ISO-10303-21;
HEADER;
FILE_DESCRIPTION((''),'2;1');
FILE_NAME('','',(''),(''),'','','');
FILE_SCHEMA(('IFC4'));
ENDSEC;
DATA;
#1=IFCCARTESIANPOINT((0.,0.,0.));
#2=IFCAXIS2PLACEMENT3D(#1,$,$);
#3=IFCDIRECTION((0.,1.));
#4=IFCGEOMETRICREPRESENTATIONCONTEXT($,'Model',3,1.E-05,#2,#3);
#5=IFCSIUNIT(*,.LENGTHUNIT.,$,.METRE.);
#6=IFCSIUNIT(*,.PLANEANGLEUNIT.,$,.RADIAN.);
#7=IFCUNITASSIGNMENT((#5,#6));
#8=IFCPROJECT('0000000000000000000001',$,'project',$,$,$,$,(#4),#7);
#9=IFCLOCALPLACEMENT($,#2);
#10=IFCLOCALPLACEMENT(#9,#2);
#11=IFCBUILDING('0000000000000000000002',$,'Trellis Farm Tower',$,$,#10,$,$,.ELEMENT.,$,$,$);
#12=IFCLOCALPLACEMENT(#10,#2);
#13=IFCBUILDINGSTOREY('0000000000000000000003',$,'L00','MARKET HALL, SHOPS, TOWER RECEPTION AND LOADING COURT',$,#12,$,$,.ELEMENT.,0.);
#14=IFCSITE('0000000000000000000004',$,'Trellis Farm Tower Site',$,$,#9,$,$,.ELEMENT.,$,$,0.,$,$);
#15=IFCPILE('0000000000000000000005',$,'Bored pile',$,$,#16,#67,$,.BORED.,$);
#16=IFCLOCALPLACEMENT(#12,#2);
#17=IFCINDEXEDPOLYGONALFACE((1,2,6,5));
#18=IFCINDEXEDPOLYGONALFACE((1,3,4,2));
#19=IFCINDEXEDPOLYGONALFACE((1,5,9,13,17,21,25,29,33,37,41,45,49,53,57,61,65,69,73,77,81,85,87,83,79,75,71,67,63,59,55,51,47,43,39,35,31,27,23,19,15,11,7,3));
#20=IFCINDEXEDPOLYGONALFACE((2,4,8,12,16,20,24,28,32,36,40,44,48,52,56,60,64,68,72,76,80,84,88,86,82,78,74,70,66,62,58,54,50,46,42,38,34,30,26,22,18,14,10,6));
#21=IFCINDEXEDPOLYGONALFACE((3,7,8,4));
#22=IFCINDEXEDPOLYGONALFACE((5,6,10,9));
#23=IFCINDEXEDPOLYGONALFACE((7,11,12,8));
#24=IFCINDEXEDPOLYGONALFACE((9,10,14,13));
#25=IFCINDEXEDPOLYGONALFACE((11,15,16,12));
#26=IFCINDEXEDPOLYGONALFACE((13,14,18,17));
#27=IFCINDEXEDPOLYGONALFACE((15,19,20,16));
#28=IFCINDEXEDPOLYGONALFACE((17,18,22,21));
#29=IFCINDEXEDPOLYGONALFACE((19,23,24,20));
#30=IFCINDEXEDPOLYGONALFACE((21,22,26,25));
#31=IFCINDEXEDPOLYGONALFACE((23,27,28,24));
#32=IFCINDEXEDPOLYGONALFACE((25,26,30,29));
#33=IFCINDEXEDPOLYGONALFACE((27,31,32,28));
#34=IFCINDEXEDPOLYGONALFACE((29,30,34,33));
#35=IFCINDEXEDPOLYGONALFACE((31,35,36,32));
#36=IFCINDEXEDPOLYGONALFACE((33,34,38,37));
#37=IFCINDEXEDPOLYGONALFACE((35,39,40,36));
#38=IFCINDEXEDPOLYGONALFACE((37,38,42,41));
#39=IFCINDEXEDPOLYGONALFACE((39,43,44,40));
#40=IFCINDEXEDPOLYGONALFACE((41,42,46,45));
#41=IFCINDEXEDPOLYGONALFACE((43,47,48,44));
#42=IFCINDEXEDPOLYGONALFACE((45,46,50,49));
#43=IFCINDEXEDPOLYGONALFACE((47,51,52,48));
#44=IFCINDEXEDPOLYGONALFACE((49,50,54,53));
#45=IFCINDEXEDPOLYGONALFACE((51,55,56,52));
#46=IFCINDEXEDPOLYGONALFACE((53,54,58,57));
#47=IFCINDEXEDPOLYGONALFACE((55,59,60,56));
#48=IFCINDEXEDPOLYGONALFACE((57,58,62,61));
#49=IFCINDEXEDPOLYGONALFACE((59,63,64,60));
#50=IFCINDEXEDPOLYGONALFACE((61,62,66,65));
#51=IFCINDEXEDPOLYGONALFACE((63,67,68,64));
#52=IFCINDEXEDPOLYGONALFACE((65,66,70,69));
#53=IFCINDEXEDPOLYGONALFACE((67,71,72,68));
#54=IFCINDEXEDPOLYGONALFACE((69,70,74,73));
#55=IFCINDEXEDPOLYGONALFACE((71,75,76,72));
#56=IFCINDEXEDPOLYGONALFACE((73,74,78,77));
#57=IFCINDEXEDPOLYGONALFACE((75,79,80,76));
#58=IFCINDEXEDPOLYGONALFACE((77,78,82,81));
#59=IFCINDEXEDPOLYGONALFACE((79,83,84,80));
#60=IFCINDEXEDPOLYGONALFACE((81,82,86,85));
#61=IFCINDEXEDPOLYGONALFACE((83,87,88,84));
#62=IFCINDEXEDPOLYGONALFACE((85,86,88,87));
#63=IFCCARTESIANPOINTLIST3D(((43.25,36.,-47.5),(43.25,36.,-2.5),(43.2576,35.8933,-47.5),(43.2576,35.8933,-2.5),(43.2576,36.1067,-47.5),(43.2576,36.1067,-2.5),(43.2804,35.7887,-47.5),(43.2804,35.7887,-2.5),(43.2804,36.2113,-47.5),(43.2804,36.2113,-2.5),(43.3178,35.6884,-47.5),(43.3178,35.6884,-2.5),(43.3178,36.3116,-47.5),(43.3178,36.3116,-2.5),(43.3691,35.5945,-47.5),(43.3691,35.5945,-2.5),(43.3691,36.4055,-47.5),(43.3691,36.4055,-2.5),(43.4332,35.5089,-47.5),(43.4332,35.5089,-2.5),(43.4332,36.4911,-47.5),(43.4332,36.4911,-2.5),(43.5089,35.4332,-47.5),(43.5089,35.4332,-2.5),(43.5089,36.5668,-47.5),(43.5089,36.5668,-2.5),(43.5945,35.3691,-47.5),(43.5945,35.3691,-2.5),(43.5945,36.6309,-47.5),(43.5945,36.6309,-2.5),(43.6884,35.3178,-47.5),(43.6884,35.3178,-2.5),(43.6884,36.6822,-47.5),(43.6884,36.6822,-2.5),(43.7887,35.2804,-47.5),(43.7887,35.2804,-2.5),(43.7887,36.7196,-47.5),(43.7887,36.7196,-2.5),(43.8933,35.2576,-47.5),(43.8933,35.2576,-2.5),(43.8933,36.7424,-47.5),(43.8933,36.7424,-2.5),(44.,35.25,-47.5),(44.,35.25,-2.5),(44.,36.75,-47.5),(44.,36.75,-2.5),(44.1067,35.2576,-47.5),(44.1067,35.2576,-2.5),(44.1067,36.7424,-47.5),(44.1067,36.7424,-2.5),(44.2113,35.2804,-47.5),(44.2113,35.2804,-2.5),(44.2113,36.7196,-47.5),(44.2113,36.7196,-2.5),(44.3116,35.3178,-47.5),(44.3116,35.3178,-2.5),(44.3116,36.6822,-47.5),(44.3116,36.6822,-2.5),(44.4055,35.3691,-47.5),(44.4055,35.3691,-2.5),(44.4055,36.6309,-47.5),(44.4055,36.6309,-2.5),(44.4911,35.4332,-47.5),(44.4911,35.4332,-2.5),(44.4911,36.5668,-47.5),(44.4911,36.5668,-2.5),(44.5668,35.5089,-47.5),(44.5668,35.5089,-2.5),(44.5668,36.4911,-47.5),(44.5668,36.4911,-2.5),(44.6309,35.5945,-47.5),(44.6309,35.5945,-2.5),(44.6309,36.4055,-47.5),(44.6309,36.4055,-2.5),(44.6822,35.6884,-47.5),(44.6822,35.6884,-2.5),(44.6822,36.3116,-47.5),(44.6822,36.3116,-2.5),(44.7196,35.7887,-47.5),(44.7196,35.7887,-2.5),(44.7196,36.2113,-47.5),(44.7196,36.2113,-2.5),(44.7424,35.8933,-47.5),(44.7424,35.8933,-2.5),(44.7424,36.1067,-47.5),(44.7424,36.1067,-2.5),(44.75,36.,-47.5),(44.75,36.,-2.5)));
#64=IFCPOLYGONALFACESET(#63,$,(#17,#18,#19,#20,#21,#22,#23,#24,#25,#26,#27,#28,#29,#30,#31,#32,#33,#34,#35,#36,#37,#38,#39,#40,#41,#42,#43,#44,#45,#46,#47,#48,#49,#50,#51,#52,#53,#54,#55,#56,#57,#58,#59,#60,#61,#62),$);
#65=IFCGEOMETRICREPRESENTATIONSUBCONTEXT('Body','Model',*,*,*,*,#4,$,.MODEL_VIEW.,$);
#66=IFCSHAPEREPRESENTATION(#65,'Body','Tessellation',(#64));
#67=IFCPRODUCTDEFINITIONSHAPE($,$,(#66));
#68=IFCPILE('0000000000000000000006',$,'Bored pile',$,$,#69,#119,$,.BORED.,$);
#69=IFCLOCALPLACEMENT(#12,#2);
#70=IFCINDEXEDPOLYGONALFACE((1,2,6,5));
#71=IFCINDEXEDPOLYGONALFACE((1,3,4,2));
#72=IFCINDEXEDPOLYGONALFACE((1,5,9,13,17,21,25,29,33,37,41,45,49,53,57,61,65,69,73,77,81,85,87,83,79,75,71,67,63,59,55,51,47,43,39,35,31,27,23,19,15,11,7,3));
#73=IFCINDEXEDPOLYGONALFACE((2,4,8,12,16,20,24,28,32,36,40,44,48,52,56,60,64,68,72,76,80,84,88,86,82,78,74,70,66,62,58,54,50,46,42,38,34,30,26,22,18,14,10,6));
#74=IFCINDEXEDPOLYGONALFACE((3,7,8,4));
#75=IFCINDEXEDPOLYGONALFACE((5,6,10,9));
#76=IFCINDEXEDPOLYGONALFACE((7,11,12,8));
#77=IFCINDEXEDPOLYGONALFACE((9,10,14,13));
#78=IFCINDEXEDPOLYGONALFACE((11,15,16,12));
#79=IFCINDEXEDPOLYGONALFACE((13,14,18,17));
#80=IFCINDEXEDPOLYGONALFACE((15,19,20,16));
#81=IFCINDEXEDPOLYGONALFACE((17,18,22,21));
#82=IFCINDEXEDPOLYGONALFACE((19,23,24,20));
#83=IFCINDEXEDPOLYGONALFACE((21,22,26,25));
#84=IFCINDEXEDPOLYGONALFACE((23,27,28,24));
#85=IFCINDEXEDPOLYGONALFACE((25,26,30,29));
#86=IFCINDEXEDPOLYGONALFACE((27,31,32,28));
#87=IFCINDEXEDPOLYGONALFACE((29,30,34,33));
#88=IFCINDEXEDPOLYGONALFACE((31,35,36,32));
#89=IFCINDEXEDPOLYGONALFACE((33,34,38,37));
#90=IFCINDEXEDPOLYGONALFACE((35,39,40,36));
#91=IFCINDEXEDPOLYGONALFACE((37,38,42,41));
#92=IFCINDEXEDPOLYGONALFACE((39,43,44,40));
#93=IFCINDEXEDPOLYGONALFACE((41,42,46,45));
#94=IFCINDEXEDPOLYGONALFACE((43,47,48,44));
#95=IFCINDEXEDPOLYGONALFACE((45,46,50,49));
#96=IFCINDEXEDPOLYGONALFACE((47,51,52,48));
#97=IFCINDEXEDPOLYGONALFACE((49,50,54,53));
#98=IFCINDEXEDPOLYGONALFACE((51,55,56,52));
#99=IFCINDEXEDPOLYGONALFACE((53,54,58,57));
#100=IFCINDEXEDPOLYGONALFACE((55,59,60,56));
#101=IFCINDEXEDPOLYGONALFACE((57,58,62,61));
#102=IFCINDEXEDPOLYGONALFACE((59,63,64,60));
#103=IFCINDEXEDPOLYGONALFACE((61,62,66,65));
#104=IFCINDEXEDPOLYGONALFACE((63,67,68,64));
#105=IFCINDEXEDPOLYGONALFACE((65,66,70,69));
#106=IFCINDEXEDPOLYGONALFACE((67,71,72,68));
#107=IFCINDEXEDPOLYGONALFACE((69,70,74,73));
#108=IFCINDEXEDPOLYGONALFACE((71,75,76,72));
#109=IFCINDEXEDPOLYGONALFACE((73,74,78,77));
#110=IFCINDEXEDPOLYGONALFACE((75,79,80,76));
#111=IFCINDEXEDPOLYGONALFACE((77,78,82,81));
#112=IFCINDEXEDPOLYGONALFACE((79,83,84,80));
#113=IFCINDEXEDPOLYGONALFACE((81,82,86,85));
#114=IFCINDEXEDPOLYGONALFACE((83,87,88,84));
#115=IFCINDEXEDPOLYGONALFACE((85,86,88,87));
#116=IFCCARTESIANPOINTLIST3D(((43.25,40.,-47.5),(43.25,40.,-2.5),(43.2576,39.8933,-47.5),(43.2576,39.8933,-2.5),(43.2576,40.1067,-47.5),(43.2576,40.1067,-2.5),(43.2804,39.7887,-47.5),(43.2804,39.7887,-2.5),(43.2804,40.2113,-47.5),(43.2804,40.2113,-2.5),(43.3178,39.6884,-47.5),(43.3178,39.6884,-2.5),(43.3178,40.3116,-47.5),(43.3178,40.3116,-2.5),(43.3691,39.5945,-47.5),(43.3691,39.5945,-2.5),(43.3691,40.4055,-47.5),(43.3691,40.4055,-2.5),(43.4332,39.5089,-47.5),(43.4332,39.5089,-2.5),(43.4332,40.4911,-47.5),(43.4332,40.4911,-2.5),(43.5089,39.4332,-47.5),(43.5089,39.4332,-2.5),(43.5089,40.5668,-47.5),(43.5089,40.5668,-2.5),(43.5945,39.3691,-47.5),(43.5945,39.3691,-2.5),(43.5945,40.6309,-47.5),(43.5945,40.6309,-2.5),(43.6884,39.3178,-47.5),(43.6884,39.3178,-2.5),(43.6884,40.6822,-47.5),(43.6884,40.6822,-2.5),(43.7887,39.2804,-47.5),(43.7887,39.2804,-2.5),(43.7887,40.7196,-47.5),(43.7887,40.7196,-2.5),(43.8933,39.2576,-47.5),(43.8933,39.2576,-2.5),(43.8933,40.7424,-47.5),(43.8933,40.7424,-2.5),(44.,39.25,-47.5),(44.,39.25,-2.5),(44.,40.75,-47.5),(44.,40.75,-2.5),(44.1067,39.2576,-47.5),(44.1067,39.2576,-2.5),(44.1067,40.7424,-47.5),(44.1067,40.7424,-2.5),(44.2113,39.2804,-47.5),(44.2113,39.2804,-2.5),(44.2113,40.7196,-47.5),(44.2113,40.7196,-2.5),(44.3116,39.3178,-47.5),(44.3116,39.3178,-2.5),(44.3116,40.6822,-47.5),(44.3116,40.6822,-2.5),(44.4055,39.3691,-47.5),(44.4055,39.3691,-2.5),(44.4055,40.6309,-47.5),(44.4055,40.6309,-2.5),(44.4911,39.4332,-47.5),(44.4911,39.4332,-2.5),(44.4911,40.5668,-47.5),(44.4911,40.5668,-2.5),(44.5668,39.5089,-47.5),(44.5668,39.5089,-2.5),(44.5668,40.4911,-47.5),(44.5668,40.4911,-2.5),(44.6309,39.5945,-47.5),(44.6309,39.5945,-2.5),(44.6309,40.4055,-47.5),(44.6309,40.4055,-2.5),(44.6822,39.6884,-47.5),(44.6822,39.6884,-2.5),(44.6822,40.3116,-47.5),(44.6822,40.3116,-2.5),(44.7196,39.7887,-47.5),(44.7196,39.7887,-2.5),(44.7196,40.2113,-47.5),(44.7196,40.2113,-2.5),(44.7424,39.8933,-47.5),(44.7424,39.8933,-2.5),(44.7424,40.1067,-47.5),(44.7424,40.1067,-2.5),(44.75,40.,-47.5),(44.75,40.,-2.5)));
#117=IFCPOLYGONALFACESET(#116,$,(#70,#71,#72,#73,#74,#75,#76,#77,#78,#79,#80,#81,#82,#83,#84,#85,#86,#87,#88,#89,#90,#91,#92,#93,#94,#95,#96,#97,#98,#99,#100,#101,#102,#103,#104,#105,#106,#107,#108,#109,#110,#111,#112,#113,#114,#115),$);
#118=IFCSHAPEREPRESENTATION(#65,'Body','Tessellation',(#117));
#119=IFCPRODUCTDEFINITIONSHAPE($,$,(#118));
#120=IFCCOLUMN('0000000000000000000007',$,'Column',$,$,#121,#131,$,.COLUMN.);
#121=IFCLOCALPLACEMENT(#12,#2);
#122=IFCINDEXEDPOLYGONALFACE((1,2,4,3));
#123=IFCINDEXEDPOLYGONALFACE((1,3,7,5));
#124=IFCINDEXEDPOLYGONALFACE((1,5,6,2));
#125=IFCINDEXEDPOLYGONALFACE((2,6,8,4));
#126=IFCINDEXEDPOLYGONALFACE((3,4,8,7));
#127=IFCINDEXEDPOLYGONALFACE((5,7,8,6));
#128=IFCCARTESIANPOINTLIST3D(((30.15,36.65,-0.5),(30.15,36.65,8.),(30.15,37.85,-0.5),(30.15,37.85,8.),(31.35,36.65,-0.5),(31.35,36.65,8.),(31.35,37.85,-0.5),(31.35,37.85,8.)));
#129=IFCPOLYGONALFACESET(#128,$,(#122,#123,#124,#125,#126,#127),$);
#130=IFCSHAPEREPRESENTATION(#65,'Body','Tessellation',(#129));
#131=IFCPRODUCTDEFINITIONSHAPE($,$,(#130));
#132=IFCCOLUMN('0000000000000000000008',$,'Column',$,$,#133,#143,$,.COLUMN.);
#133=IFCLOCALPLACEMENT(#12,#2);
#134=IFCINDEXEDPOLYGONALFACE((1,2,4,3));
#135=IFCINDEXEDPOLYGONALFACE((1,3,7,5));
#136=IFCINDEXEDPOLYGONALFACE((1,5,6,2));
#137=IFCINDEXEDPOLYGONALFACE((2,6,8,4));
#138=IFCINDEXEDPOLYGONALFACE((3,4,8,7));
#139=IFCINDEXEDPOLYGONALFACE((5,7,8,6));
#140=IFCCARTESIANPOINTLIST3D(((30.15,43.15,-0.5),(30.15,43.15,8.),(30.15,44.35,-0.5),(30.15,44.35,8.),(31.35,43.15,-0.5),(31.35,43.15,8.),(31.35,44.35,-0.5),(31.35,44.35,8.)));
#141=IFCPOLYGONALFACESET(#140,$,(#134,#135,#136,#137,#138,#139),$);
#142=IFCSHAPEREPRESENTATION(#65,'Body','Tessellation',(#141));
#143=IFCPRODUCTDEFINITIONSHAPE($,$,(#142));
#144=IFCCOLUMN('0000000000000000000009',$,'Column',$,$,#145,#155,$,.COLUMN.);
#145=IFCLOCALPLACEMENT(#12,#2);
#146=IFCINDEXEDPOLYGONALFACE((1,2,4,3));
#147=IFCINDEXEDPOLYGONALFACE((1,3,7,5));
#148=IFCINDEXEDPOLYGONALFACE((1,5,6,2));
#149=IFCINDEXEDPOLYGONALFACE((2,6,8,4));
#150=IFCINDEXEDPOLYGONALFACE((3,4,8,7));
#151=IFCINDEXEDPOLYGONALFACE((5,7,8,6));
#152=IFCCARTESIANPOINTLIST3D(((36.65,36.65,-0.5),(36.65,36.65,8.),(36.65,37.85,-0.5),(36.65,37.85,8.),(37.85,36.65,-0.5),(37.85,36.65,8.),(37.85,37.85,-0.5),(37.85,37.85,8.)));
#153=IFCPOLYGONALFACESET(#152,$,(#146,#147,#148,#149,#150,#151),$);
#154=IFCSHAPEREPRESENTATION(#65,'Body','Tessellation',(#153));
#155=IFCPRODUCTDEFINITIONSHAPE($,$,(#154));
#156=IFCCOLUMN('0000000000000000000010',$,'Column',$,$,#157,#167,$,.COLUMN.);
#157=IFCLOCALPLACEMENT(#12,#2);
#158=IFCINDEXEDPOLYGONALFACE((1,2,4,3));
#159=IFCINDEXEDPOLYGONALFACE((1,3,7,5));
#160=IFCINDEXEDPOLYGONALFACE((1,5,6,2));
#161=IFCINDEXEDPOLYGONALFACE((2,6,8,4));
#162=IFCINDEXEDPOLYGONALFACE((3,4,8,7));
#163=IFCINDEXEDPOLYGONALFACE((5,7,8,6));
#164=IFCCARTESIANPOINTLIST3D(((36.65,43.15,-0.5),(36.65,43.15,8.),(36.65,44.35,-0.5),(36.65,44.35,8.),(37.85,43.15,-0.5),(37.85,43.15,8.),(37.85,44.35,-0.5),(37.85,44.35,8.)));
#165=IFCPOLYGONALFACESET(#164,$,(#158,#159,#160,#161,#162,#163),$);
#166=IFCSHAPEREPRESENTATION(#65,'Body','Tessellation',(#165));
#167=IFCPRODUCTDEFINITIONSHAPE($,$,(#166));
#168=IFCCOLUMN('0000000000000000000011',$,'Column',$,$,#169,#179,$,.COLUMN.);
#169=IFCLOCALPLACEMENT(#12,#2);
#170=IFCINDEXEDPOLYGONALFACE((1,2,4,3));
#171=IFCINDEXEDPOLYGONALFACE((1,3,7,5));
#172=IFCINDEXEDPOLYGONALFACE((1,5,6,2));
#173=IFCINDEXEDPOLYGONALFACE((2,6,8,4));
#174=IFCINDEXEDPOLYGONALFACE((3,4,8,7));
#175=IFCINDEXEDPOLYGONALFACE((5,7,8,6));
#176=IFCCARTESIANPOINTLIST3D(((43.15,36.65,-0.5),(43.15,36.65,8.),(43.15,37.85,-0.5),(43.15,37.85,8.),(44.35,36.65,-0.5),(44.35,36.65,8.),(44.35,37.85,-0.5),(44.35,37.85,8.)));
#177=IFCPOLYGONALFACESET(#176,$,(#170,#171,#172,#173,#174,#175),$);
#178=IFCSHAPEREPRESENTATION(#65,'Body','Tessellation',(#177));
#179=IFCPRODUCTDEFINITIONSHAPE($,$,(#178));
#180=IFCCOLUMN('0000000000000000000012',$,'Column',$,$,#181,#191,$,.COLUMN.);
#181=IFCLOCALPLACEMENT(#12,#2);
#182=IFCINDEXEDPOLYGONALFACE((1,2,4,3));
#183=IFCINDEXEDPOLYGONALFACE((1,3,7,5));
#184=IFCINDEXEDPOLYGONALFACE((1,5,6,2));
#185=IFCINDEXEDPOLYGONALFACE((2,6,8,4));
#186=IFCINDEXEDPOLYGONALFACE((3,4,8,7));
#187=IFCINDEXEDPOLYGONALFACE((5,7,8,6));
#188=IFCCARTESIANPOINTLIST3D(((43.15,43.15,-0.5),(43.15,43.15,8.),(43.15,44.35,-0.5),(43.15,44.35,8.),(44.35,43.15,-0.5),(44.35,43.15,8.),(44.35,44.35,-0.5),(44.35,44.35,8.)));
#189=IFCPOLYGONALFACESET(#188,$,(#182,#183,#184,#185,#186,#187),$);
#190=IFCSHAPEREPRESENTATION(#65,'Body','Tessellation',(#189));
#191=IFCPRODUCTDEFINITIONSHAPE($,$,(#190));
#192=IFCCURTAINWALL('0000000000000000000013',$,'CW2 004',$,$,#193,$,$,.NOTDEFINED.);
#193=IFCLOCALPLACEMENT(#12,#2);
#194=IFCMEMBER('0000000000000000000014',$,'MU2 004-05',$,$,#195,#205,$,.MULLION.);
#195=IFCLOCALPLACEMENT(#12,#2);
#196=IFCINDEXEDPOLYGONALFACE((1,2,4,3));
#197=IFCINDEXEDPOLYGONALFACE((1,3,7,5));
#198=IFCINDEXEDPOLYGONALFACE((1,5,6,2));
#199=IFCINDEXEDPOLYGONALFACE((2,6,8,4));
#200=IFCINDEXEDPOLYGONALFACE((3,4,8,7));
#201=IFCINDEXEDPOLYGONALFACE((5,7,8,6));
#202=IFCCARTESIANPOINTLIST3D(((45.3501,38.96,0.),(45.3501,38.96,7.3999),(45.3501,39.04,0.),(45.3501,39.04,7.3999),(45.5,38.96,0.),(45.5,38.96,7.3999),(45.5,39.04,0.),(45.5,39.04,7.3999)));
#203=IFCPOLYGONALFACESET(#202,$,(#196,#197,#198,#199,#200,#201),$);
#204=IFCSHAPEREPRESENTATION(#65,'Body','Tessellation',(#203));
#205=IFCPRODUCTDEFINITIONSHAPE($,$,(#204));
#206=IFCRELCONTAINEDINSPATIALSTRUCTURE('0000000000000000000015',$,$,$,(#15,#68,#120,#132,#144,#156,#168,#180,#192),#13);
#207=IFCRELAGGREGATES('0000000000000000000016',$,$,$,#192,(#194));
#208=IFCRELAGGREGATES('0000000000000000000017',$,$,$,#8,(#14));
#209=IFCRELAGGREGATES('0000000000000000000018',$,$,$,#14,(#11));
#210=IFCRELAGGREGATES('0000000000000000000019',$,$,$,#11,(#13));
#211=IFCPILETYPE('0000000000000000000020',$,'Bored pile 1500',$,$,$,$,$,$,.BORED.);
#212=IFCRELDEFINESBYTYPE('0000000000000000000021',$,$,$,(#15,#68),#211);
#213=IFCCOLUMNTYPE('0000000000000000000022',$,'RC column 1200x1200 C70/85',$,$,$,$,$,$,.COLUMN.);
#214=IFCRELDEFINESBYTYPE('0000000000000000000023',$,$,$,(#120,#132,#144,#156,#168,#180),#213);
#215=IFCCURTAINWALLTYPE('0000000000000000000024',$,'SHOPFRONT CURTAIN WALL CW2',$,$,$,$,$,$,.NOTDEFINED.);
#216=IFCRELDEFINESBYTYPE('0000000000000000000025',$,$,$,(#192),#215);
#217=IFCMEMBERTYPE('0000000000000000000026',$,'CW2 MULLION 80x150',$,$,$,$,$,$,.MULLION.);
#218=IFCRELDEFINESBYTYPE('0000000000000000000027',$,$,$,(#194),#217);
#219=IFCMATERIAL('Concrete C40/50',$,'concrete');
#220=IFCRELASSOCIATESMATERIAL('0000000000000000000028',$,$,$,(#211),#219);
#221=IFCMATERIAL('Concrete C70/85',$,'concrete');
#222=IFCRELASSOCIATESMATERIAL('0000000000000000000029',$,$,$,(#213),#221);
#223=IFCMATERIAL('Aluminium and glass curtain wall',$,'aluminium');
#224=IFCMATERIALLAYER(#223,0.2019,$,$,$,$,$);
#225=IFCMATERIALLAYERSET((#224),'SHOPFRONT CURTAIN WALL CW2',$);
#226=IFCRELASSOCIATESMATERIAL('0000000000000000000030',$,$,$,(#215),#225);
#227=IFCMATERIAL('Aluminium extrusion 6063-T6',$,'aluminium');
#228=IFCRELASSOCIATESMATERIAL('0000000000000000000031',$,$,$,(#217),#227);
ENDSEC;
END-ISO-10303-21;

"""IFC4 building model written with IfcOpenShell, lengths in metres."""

from ifc_helpers import new_model, si_unit, direction, frame, origin, origin_2d, place, context, subcontext, project, spatial, rectangle, circle, extrude, source, transform, mapped, material, layer, layer_set, material_profile, profile_set, type_object, element, aggregate, save


model = new_model("IFC4")

# Units and contexts
model_context = context("Model", 3, precision=1e-05, world=origin(), true_north=direction((0.0, 1.0)))
body_context = subcontext(model_context, "Body", "Model", "MODEL_VIEW")
ifc_project = project(units=[si_unit("LENGTHUNIT", "METRE"), si_unit("PLANEANGLEUNIT", "RADIAN")], contexts=[model_context])

# Site, building, storey
site_placement = place(None, origin())
site = spatial("IfcSite", under=ifc_project, at=site_placement, Name="Trellis Farm Tower Site", CompositionType="ELEMENT", RefElevation=0.0)
building_placement = place(site_placement, origin())
building = spatial("IfcBuilding", under=site, at=building_placement, Name="Trellis Farm Tower", CompositionType="ELEMENT")
storey_placement = place(building_placement, origin())
storey = spatial("IfcBuildingStorey", under=building, at=storey_placement, Name="L00", Description="MARKET HALL, SHOPS, TOWER RECEPTION AND LOADING COURT", CompositionType="ELEMENT", Elevation=0.0)

# Piles
ifc_material_1 = material(Name="Concrete C40/50", Category="concrete")
ifc_material_profile_1 = material_profile(ifc_material_1, circle(Radius=0.75, at=origin_2d()), Name="Bored pile 1500")
ifc_profile_set_1 = profile_set([ifc_material_profile_1], Name="Concrete C40/50")
pile_type = type_object("IfcPileType", Name="Bored pile 1500", PredefinedType="BORED", material=ifc_profile_set_1)
shared_shape_1 = source(origin(), body_context, "Body", "SweptSolid", [
    extrude(circle(Radius=0.75, at=origin_2d()), origin(), (0.0, 0.0, 1.0), 45.0),
])
for number, where, z_axis, x_axis, name in (
    (1, (44.0, 36.0, -2.5), (0.0, 0.0, -1.0), (1.0, 0.0, 0.0), "Bored pile"),
    (2, (44.0, 40.0, -2.5), (0.0, 0.0, -1.0), (1.0, 0.0, 0.0), "Bored pile"),
):
    element("IfcPile", number, at=place(storey_placement, frame(where, z_axis=z_axis, x_axis=x_axis)), inside=storey, type_object=pile_type, Name=name, PredefinedType="BORED", context=body_context, shape_type="MappedRepresentation", body=[
        mapped(shared_shape_1, transform((0.0, 0.0, 0.0))),
    ])

# Columns
ifc_material_2 = material(Name="Concrete C70/85", Category="concrete")
ifc_material_profile_2 = material_profile(ifc_material_2, rectangle(XDim=1.2, YDim=1.2, at=origin_2d()), Name="RC column 1200x1200 C70/85")
ifc_profile_set_2 = profile_set([ifc_material_profile_2], Name="Concrete C70/85")
column_type = type_object("IfcColumnType", Name="RC column 1200x1200 C70/85", PredefinedType="COLUMN", material=ifc_profile_set_2)
shared_shape_2 = source(origin(), body_context, "Body", "SweptSolid", [
    extrude(rectangle(XDim=1.2, YDim=1.2, at=origin_2d()), origin(), (0.0, 0.0, 1.0), 8.5),
])
for number, where, z_axis, x_axis, name in (
    (3, (30.75, 37.25, -0.5), (0.0, 0.0, 1.0), (1.0, 0.0, 0.0), "Column"),
    (4, (30.75, 43.75, -0.5), (0.0, 0.0, 1.0), (1.0, 0.0, 0.0), "Column"),
    (5, (37.25, 37.25, -0.5), (0.0, 0.0, 1.0), (1.0, 0.0, 0.0), "Column"),
    (6, (37.25, 43.75, -0.5), (0.0, 0.0, 1.0), (1.0, 0.0, 0.0), "Column"),
    (7, (43.75, 37.25, -0.5), (0.0, 0.0, 1.0), (1.0, 0.0, 0.0), "Column"),
    (8, (43.75, 43.75, -0.5), (0.0, 0.0, 1.0), (1.0, 0.0, 0.0), "Column"),
):
    element("IfcColumn", number, at=place(storey_placement, frame(where, z_axis=z_axis, x_axis=x_axis)), inside=storey, type_object=column_type, Name=name, PredefinedType="COLUMN", context=body_context, shape_type="MappedRepresentation", body=[
        mapped(shared_shape_2, transform((0.0, 0.0, 0.0))),
    ])

# Curtain wall, member
ifc_material_3 = material(Name="Aluminium and glass curtain wall", Category="aluminium")
ifc_layer = layer(ifc_material_3, 0.2019)
ifc_layer_set = layer_set([ifc_layer], Name="SHOPFRONT CURTAIN WALL CW2")
curtain_wall_type = type_object("IfcCurtainWallType", Name="SHOPFRONT CURTAIN WALL CW2", PredefinedType="NOTDEFINED", material=ifc_layer_set)
placement = place(storey_placement, origin())
curtain_wall_1 = element("IfcCurtainWall", 9, at=placement, inside=storey, type_object=curtain_wall_type, Name="CW2 004", PredefinedType="NOTDEFINED")
ifc_material_4 = material(Name="Aluminium extrusion 6063-T6", Category="aluminium")
ifc_material_profile_3 = material_profile(ifc_material_4, rectangle(XDim=0.0801, YDim=0.1499, at=origin_2d()), Name="MULLION 80x150")
ifc_profile_set_3 = profile_set([ifc_material_profile_3], Name="Aluminium extrusion 6063-T6")
member_type = type_object("IfcMemberType", Name="CW2 MULLION 80x150", PredefinedType="MULLION", material=ifc_profile_set_3)
shared_shape_3 = source(origin(), body_context, "Body", "SweptSolid", [
    extrude(rectangle(XDim=0.0801, YDim=0.1499, at=origin_2d()), origin(), (0.0, 0.0, 1.0), 7.3999),
])
member_1_placement = place(storey_placement, frame((45.425, 39.0, 0.0), z_axis=(0.0, 0.0, 1.0), x_axis=(0.0, 1.0, 0.0)))
member_1 = element("IfcMember", 10, at=member_1_placement, type_object=member_type, Name="MU2 004-05", PredefinedType="MULLION", context=body_context, shape_type="MappedRepresentation", body=[
    mapped(shared_shape_3, transform((0.0, 0.0, 0.0))),
])
aggregate(curtain_wall_1, [member_1])

save(model, "model.ifc")
